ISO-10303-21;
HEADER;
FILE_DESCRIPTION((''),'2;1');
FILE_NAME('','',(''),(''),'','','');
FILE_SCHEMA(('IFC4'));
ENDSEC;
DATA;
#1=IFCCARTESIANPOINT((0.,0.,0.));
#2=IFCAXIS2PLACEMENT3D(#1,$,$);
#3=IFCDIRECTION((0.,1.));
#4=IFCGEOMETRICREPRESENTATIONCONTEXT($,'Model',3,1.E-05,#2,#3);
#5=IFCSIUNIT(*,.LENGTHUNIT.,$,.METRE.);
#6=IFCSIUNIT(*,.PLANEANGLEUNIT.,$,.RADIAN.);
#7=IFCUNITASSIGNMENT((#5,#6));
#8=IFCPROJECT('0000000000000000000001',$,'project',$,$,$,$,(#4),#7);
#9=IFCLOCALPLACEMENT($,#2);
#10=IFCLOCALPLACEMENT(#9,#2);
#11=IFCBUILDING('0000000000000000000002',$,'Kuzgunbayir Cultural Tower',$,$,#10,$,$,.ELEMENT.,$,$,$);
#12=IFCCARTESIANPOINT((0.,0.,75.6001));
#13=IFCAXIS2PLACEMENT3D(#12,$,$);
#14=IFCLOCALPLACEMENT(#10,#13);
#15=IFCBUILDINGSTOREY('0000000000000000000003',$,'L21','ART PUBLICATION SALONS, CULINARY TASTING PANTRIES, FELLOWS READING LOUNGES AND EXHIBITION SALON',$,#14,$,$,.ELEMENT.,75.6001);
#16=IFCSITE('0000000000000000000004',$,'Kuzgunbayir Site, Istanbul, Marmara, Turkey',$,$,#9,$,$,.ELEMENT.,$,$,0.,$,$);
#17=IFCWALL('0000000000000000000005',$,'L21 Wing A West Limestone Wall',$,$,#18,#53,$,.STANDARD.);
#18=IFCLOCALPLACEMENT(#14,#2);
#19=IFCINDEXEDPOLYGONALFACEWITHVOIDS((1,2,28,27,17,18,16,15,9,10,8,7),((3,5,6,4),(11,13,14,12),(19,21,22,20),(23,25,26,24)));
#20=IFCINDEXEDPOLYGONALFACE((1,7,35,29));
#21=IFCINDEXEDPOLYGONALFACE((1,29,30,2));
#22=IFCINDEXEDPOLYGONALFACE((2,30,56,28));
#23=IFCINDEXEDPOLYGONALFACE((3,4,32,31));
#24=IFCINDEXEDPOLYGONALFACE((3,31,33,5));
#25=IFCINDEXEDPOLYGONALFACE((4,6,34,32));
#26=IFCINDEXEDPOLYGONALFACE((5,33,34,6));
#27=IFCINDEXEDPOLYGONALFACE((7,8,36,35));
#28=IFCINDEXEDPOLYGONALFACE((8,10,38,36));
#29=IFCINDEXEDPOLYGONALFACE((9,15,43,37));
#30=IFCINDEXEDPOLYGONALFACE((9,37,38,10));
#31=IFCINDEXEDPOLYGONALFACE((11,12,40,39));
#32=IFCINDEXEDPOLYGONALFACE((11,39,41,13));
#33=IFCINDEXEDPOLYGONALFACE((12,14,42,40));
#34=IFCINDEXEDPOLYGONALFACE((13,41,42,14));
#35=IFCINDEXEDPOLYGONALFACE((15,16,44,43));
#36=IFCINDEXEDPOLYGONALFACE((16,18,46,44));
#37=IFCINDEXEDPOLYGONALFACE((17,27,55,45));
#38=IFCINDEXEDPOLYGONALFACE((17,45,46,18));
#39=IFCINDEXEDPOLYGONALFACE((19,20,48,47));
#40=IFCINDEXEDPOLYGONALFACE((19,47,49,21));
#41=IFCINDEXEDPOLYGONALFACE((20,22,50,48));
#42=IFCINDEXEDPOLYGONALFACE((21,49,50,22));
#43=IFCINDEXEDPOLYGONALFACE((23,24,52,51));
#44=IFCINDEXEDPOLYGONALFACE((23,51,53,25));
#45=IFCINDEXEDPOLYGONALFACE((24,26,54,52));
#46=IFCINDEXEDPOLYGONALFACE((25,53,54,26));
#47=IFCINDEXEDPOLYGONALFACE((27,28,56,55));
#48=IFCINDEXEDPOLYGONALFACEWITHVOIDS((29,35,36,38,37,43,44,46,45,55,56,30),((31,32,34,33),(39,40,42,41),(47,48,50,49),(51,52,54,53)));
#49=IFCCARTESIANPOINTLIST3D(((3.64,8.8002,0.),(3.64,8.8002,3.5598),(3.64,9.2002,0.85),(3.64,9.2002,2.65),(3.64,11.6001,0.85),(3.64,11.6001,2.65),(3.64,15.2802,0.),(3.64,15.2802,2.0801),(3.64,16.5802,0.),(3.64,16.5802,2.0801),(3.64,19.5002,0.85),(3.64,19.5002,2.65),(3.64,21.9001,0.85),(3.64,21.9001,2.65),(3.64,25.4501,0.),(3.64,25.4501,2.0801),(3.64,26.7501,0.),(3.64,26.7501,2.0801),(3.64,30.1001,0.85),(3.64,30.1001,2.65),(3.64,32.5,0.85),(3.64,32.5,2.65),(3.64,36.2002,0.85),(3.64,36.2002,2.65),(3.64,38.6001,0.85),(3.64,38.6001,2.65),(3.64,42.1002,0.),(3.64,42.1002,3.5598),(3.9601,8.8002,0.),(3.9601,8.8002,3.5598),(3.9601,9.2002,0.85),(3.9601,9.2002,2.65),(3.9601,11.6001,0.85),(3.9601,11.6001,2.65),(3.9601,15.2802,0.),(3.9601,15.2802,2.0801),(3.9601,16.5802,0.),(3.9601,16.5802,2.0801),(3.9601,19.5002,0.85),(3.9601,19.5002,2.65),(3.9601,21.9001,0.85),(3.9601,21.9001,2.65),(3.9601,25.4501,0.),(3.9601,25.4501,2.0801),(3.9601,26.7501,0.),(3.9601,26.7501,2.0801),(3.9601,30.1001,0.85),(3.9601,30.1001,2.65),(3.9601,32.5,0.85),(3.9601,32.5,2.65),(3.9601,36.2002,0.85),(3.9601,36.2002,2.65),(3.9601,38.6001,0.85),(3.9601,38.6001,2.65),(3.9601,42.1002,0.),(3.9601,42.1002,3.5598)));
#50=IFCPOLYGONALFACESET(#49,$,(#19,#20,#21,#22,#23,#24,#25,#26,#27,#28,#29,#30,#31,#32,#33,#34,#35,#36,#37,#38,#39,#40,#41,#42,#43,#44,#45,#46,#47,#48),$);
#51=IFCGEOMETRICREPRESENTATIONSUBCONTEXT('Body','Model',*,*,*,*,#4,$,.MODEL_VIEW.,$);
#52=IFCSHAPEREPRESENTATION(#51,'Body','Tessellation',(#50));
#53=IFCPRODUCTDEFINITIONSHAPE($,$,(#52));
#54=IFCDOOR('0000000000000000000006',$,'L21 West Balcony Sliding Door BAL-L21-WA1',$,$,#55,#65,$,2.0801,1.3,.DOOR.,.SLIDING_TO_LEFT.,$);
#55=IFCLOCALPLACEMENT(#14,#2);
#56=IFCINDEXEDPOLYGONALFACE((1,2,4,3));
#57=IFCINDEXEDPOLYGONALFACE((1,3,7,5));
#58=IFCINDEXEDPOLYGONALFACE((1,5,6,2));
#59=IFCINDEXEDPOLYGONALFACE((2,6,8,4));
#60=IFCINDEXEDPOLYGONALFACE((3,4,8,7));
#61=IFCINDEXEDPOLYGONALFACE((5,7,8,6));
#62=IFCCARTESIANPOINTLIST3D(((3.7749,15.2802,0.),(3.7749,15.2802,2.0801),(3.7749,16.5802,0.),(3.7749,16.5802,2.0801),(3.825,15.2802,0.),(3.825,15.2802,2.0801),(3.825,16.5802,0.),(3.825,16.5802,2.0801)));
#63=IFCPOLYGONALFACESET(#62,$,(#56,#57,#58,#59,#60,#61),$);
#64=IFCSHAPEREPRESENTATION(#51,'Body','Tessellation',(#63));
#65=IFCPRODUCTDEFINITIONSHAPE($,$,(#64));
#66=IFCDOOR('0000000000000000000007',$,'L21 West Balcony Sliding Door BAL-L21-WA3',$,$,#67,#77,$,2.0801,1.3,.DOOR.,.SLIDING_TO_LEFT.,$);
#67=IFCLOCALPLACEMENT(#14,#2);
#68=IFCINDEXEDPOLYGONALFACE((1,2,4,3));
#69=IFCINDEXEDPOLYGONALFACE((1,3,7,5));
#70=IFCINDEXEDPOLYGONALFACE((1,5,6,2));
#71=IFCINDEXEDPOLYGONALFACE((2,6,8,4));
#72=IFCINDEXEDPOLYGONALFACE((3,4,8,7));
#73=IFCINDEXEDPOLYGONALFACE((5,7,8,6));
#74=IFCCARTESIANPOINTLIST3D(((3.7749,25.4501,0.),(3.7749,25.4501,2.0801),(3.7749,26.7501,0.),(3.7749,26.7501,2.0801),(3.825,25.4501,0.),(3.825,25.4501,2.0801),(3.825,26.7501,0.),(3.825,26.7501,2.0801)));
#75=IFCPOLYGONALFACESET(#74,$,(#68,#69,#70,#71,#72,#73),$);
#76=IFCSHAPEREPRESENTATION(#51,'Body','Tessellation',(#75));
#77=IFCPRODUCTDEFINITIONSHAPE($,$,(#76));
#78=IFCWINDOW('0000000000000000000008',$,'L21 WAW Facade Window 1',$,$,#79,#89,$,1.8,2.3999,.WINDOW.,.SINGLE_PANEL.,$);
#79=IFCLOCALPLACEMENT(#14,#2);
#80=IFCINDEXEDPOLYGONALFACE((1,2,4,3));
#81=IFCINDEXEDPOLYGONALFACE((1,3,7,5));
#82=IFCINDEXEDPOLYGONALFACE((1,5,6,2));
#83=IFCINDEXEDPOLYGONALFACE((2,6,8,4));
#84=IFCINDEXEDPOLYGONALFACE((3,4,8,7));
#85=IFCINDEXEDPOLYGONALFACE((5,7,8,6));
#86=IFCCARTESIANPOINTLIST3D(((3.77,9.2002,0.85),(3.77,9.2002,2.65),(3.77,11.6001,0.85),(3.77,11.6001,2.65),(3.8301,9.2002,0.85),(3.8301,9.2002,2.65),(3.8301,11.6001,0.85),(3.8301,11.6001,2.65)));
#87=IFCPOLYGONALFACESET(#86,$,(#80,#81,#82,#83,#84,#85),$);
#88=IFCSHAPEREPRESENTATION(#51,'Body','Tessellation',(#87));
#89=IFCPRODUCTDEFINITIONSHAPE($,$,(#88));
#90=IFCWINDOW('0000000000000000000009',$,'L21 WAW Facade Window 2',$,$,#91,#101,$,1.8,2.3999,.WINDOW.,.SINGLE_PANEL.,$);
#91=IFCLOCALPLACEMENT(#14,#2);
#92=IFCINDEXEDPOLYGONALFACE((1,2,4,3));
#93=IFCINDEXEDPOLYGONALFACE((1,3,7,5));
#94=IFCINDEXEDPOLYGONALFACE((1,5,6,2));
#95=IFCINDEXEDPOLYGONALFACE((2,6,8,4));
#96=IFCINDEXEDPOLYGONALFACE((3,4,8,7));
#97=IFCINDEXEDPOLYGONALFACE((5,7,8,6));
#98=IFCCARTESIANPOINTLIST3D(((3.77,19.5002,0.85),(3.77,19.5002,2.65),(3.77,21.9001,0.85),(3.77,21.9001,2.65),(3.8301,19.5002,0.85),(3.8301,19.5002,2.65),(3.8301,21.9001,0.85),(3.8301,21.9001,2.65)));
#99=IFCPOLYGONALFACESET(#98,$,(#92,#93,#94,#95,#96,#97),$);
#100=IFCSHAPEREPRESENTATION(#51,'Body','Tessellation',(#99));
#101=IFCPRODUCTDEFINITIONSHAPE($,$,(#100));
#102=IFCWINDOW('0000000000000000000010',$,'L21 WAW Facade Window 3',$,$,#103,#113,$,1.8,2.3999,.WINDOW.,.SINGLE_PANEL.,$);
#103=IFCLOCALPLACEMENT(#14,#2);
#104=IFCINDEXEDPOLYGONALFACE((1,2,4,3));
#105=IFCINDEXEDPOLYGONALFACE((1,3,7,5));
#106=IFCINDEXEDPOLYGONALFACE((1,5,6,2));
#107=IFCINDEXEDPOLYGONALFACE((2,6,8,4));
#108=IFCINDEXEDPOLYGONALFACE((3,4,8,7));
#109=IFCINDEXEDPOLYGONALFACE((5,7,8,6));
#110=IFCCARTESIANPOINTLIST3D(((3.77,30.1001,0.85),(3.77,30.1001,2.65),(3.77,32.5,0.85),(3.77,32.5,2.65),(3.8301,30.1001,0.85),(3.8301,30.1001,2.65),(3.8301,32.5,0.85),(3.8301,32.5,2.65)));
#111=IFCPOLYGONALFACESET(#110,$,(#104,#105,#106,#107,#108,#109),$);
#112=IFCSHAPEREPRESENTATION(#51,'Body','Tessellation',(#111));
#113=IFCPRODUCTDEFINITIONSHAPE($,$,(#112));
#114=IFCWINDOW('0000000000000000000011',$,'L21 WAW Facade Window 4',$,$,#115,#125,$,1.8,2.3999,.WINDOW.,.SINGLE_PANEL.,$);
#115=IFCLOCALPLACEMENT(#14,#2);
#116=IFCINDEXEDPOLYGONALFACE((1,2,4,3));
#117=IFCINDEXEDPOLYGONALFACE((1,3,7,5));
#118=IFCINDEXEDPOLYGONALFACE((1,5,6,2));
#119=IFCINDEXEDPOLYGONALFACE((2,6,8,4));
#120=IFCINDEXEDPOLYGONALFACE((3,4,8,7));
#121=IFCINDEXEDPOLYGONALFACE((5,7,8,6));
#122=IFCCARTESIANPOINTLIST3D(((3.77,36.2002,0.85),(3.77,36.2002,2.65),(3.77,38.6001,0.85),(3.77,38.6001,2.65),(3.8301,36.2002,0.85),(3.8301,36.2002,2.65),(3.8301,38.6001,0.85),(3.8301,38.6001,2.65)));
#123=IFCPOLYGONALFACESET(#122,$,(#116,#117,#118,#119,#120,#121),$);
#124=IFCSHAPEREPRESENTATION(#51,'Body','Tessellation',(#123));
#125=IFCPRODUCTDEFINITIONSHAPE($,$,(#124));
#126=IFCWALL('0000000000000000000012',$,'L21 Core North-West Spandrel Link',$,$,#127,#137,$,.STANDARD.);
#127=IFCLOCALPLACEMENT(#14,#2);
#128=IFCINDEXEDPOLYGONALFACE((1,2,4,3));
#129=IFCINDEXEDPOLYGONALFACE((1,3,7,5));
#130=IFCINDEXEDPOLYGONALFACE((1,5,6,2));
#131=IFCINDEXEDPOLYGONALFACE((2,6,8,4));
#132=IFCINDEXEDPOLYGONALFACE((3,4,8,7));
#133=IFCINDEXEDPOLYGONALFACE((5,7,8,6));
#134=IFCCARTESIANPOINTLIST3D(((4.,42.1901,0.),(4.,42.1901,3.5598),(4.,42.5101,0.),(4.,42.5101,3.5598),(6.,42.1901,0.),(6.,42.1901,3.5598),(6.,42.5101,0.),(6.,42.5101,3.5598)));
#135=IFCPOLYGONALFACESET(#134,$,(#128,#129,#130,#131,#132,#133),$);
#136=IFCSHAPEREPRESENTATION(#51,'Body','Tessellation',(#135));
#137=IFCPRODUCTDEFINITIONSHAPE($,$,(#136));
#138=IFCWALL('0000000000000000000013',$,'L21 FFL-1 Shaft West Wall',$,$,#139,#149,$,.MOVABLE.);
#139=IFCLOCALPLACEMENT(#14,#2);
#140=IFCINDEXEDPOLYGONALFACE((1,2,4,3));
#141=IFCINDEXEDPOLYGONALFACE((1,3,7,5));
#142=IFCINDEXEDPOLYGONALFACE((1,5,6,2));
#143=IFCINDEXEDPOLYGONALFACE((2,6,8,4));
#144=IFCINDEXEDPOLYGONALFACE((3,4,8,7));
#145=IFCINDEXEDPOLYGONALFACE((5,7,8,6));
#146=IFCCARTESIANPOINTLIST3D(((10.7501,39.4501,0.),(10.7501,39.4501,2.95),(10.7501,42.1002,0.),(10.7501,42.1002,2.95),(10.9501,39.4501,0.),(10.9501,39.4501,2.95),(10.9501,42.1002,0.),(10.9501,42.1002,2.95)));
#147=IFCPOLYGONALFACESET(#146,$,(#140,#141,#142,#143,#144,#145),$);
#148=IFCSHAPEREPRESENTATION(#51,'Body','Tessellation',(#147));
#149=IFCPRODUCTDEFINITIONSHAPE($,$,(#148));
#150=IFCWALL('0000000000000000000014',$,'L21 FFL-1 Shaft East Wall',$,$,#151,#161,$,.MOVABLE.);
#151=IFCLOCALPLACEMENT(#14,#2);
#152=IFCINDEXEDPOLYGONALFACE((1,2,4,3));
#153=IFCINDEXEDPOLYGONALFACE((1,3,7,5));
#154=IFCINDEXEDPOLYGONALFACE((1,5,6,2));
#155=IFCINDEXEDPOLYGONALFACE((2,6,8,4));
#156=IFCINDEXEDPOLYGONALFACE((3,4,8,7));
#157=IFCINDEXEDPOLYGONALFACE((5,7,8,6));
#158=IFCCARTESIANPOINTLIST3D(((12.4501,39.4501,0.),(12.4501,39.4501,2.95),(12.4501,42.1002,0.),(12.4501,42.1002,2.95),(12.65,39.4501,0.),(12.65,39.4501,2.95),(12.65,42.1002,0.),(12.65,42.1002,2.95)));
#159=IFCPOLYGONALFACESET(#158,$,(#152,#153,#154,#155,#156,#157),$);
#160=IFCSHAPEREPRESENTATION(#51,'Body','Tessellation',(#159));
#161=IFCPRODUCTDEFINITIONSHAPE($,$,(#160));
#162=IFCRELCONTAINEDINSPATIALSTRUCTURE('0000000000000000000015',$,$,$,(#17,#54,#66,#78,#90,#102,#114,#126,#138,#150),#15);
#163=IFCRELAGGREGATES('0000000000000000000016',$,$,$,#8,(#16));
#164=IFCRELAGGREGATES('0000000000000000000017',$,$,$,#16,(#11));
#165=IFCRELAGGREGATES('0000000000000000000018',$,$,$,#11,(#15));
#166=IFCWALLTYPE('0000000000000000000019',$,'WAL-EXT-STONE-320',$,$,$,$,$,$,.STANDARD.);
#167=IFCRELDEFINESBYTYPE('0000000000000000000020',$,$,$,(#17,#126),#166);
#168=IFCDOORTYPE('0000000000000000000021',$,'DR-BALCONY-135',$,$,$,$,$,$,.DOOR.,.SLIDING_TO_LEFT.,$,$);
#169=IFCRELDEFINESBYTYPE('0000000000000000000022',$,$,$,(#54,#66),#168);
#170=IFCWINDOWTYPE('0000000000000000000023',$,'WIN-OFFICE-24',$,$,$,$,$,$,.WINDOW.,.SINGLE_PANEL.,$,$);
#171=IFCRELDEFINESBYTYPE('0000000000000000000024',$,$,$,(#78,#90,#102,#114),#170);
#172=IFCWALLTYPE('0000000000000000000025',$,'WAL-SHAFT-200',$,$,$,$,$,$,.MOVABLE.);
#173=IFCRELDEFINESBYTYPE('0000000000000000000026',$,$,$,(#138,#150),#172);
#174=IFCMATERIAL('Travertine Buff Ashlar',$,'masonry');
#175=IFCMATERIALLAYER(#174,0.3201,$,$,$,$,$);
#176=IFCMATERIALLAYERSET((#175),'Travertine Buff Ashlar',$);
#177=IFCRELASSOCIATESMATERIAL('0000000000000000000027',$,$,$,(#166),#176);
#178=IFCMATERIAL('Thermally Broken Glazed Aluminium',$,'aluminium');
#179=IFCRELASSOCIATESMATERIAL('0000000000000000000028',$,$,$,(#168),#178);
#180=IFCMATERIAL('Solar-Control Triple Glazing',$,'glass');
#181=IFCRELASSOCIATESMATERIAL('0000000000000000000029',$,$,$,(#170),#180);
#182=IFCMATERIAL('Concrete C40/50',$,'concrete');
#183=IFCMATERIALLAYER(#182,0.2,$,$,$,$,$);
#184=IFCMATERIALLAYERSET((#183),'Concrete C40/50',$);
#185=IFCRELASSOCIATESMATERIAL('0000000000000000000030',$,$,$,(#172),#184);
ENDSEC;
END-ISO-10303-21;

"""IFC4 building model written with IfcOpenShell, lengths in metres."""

from ifc_helpers import new_model, si_unit, direction, frame, frame_2d, origin, place, context, subcontext, project, spatial, rectangle, extrude, material, layer, layer_set, type_object, element, fill, save


model = new_model("IFC4")

# Units and contexts
model_context = context("Model", 3, precision=1e-05, world=origin(), true_north=direction((0.0, 1.0)))
body_context = subcontext(model_context, "Body", "Model", "MODEL_VIEW")
ifc_project = project(units=[si_unit("LENGTHUNIT", "METRE"), si_unit("PLANEANGLEUNIT", "RADIAN")], contexts=[model_context])

# Site, building, storey
site_placement = place(None, origin())
site = spatial("IfcSite", under=ifc_project, at=site_placement, Name="Kuzgunbayir Site, Istanbul, Marmara, Turkey", CompositionType="ELEMENT", RefElevation=0.0)
building_placement = place(site_placement, origin())
building = spatial("IfcBuilding", under=site, at=building_placement, Name="Kuzgunbayir Cultural Tower", CompositionType="ELEMENT")
storey_placement = place(building_placement, frame((0.0, 0.0, 75.6001)))
storey = spatial("IfcBuildingStorey", under=building, at=storey_placement, Name="L21", Description="ART PUBLICATION SALONS, CULINARY TASTING PANTRIES, FELLOWS READING LOUNGES AND EXHIBITION SALON", CompositionType="ELEMENT", Elevation=75.6001)

# Wall, openings, doors, windows
ifc_material_1 = material(Name="Travertine Buff Ashlar", Category="masonry")
ifc_layer_1 = layer(ifc_material_1, 0.3201)
ifc_layer_set_1 = layer_set([ifc_layer_1], Name="Travertine Buff Ashlar")
wall_type_1 = type_object("IfcWallType", Name="WAL-EXT-STONE-320", PredefinedType="STANDARD", material=ifc_layer_set_1)
wall_1_placement = place(storey_placement, frame((3.8, 42.1001, 0.0), z_axis=(0.0, 0.0, 1.0), x_axis=(0.0, -1.0, 0.0)))
wall_1 = element("IfcWall", 1, at=wall_1_placement, inside=storey, type_object=wall_type_1, Name="L21 Wing A West Limestone Wall", PredefinedType="STANDARD", context=body_context, shape_type="SweptSolid", body=[
    extrude(rectangle(XDim=33.3, YDim=0.3201, at=frame_2d((16.6499, 0.0))), origin(), (0.0, 0.0, 1.0), 3.5598),
])
opening_1_placement = place(wall_1_placement, frame((25.52, 0.0, 0.0)))
opening_1 = element("IfcOpeningElement", 2, at=opening_1_placement, cuts=wall_1, PredefinedType="OPENING", context=body_context, shape_type="SweptSolid", body=[
    extrude(rectangle(XDim=1.3, YDim=2.0801, at=frame_2d((0.6499, 1.04))), frame((0.0, 0.1699, 0.0), z_axis=(0.0, -1.0, 0.0), x_axis=(1.0, 0.0, 0.0)), (0.0, 0.0, 1.0), 0.3401),
])
opening_2_placement = place(wall_1_placement, frame((15.3501, 0.0, 0.0)))
opening_2 = element("IfcOpeningElement", 3, at=opening_2_placement, cuts=wall_1, PredefinedType="OPENING", context=body_context, shape_type="SweptSolid", body=[
    extrude(rectangle(XDim=1.3, YDim=2.0801, at=frame_2d((0.6499, 1.04))), frame((0.0, 0.1699, 0.0), z_axis=(0.0, -1.0, 0.0), x_axis=(1.0, 0.0, 0.0)), (0.0, 0.0, 1.0), 0.3401),
])
opening_3_placement = place(wall_1_placement, frame((30.5, 0.0, 0.8501)))
opening_3 = element("IfcOpeningElement", 4, at=opening_3_placement, cuts=wall_1, PredefinedType="OPENING", context=body_context, shape_type="SweptSolid", body=[
    extrude(rectangle(XDim=2.3999, YDim=1.8, at=frame_2d((1.2, 0.8999))), frame((0.0, 0.1699, 0.0), z_axis=(0.0, -1.0, 0.0), x_axis=(1.0, 0.0, 0.0)), (0.0, 0.0, 1.0), 0.3401),
])
opening_4_placement = place(wall_1_placement, frame((20.2, 0.0, 0.8501)))
opening_4 = element("IfcOpeningElement", 5, at=opening_4_placement, cuts=wall_1, PredefinedType="OPENING", context=body_context, shape_type="SweptSolid", body=[
    extrude(rectangle(XDim=2.3999, YDim=1.8, at=frame_2d((1.2, 0.8999))), frame((0.0, 0.1699, 0.0), z_axis=(0.0, -1.0, 0.0), x_axis=(1.0, 0.0, 0.0)), (0.0, 0.0, 1.0), 0.3401),
])
opening_5_placement = place(wall_1_placement, frame((9.6001, 0.0, 0.8501)))
opening_5 = element("IfcOpeningElement", 6, at=opening_5_placement, cuts=wall_1, PredefinedType="OPENING", context=body_context, shape_type="SweptSolid", body=[
    extrude(rectangle(XDim=2.3999, YDim=1.8, at=frame_2d((1.2, 0.8999))), frame((0.0, 0.1699, 0.0), z_axis=(0.0, -1.0, 0.0), x_axis=(1.0, 0.0, 0.0)), (0.0, 0.0, 1.0), 0.3401),
])
opening_6_placement = place(wall_1_placement, frame((3.5, 0.0, 0.8501)))
opening_6 = element("IfcOpeningElement", 7, at=opening_6_placement, cuts=wall_1, PredefinedType="OPENING", context=body_context, shape_type="SweptSolid", body=[
    extrude(rectangle(XDim=2.3999, YDim=1.8, at=frame_2d((1.2, 0.8999))), frame((0.0, 0.1699, 0.0), z_axis=(0.0, -1.0, 0.0), x_axis=(1.0, 0.0, 0.0)), (0.0, 0.0, 1.0), 0.3401),
])
ifc_material_2 = material(Name="Thermally Broken Glazed Aluminium", Category="aluminium")
door_type_1 = type_object("IfcDoorType", Name="DR-BALCONY-135", OperationType="SLIDING_TO_LEFT", PredefinedType="DOOR", material=ifc_material_2)
door_1_placement = place(opening_1_placement, origin())
door_1 = element("IfcDoor", 8, at=door_1_placement, inside=storey, type_object=door_type_1, Name="L21 West Balcony Sliding Door BAL-L21-WA1", OperationType="SLIDING_TO_LEFT", OverallHeight=2.0801, OverallWidth=1.3, PredefinedType="DOOR", context=body_context, shape_type="SweptSolid", body=[
    extrude(rectangle(XDim=1.3, YDim=2.0801, at=frame_2d((0.6499, 1.04))), frame((0.0, 0.0249, 0.0), z_axis=(0.0, -1.0, 0.0), x_axis=(1.0, 0.0, 0.0)), (0.0, 0.0, 1.0), 0.05),
])
fill(opening_1, door_1)
door_2_placement = place(opening_2_placement, origin())
door_2 = element("IfcDoor", 9, at=door_2_placement, inside=storey, type_object=door_type_1, Name="L21 West Balcony Sliding Door BAL-L21-WA3", OperationType="SLIDING_TO_LEFT", OverallHeight=2.0801, OverallWidth=1.3, PredefinedType="DOOR", context=body_context, shape_type="SweptSolid", body=[
    extrude(rectangle(XDim=1.3, YDim=2.0801, at=frame_2d((0.6499, 1.04))), frame((0.0, 0.0249, 0.0), z_axis=(0.0, -1.0, 0.0), x_axis=(1.0, 0.0, 0.0)), (0.0, 0.0, 1.0), 0.05),
])
fill(opening_2, door_2)
ifc_material_3 = material(Name="Solar-Control Triple Glazing", Category="glass")
window_type = type_object("IfcWindowType", Name="WIN-OFFICE-24", PartitioningType="SINGLE_PANEL", PredefinedType="WINDOW", material=ifc_material_3)
window_1_placement = place(opening_3_placement, origin())
window_1 = element("IfcWindow", 10, at=window_1_placement, inside=storey, type_object=window_type, Name="L21 WAW Facade Window 1", OverallHeight=1.8, OverallWidth=2.3999, PartitioningType="SINGLE_PANEL", PredefinedType="WINDOW", context=body_context, shape_type="SweptSolid", body=[
    extrude(rectangle(XDim=2.3999, YDim=1.8, at=frame_2d((1.2, 0.8999))), frame((0.0, 0.03, 0.0), z_axis=(0.0, -1.0, 0.0), x_axis=(1.0, 0.0, 0.0)), (0.0, 0.0, 1.0), 0.0601),
])
fill(opening_3, window_1)
window_2_placement = place(opening_4_placement, origin())
window_2 = element("IfcWindow", 11, at=window_2_placement, inside=storey, type_object=window_type, Name="L21 WAW Facade Window 2", OverallHeight=1.8, OverallWidth=2.3999, PartitioningType="SINGLE_PANEL", PredefinedType="WINDOW", context=body_context, shape_type="SweptSolid", body=[
    extrude(rectangle(XDim=2.3999, YDim=1.8, at=frame_2d((1.2, 0.8999))), frame((0.0, 0.03, 0.0), z_axis=(0.0, -1.0, 0.0), x_axis=(1.0, 0.0, 0.0)), (0.0, 0.0, 1.0), 0.0601),
])
fill(opening_4, window_2)
window_3_placement = place(opening_5_placement, origin())
window_3 = element("IfcWindow", 12, at=window_3_placement, inside=storey, type_object=window_type, Name="L21 WAW Facade Window 3", OverallHeight=1.8, OverallWidth=2.3999, PartitioningType="SINGLE_PANEL", PredefinedType="WINDOW", context=body_context, shape_type="SweptSolid", body=[
    extrude(rectangle(XDim=2.3999, YDim=1.8, at=frame_2d((1.2, 0.8999))), frame((0.0, 0.03, 0.0), z_axis=(0.0, -1.0, 0.0), x_axis=(1.0, 0.0, 0.0)), (0.0, 0.0, 1.0), 0.0601),
])
fill(opening_5, window_3)
window_4_placement = place(opening_6_placement, origin())
window_4 = element("IfcWindow", 13, at=window_4_placement, inside=storey, type_object=window_type, Name="L21 WAW Facade Window 4", OverallHeight=1.8, OverallWidth=2.3999, PartitioningType="SINGLE_PANEL", PredefinedType="WINDOW", context=body_context, shape_type="SweptSolid", body=[
    extrude(rectangle(XDim=2.3999, YDim=1.8, at=frame_2d((1.2, 0.8999))), frame((0.0, 0.03, 0.0), z_axis=(0.0, -1.0, 0.0), x_axis=(1.0, 0.0, 0.0)), (0.0, 0.0, 1.0), 0.0601),
])
fill(opening_6, window_4)

# Wall
wall_2_placement = place(storey_placement, frame((6.0, 42.3501, 0.0), z_axis=(0.0, 0.0, 1.0), x_axis=(-1.0, 0.0, 0.0)))
element("IfcWall", 14, at=wall_2_placement, inside=storey, type_object=wall_type_1, Name="L21 Core North-West Spandrel Link", PredefinedType="STANDARD", context=body_context, shape_type="SweptSolid", body=[
    extrude(rectangle(XDim=2.0, YDim=0.3201, at=frame_2d((1.0, 0.0))), origin(), (0.0, 0.0, 1.0), 3.5598),
])

# Shared definitions
ifc_material_4 = material(Name="Concrete C40/50", Category="concrete")
ifc_layer_2 = layer(ifc_material_4, 0.2)
ifc_layer_set_2 = layer_set([ifc_layer_2], Name="Concrete C40/50")
wall_type_2 = type_object("IfcWallType", Name="WAL-SHAFT-200", PredefinedType="MOVABLE", material=ifc_layer_set_2)

# Walls
for number, where, z_axis, x_axis, name in (
    (15, (10.8501, 39.45, 0.0), (0.0, 0.0, 1.0), (0.0, 1.0, 0.0), "L21 FFL-1 Shaft West Wall"),
    (16, (12.55, 39.45, 0.0), (0.0, 0.0, 1.0), (0.0, 1.0, 0.0), "L21 FFL-1 Shaft East Wall"),
):
    element("IfcWall", number, at=place(storey_placement, frame(where, z_axis=z_axis, x_axis=x_axis)), inside=storey, type_object=wall_type_2, Name=name, PredefinedType="MOVABLE", context=body_context, shape_type="SweptSolid", body=[
        extrude(rectangle(XDim=2.6501, YDim=0.2, at=frame_2d((1.3252, 0.0))), origin(), (0.0, 0.0, 1.0), 2.95),
    ])

save(model, "model.ifc")
